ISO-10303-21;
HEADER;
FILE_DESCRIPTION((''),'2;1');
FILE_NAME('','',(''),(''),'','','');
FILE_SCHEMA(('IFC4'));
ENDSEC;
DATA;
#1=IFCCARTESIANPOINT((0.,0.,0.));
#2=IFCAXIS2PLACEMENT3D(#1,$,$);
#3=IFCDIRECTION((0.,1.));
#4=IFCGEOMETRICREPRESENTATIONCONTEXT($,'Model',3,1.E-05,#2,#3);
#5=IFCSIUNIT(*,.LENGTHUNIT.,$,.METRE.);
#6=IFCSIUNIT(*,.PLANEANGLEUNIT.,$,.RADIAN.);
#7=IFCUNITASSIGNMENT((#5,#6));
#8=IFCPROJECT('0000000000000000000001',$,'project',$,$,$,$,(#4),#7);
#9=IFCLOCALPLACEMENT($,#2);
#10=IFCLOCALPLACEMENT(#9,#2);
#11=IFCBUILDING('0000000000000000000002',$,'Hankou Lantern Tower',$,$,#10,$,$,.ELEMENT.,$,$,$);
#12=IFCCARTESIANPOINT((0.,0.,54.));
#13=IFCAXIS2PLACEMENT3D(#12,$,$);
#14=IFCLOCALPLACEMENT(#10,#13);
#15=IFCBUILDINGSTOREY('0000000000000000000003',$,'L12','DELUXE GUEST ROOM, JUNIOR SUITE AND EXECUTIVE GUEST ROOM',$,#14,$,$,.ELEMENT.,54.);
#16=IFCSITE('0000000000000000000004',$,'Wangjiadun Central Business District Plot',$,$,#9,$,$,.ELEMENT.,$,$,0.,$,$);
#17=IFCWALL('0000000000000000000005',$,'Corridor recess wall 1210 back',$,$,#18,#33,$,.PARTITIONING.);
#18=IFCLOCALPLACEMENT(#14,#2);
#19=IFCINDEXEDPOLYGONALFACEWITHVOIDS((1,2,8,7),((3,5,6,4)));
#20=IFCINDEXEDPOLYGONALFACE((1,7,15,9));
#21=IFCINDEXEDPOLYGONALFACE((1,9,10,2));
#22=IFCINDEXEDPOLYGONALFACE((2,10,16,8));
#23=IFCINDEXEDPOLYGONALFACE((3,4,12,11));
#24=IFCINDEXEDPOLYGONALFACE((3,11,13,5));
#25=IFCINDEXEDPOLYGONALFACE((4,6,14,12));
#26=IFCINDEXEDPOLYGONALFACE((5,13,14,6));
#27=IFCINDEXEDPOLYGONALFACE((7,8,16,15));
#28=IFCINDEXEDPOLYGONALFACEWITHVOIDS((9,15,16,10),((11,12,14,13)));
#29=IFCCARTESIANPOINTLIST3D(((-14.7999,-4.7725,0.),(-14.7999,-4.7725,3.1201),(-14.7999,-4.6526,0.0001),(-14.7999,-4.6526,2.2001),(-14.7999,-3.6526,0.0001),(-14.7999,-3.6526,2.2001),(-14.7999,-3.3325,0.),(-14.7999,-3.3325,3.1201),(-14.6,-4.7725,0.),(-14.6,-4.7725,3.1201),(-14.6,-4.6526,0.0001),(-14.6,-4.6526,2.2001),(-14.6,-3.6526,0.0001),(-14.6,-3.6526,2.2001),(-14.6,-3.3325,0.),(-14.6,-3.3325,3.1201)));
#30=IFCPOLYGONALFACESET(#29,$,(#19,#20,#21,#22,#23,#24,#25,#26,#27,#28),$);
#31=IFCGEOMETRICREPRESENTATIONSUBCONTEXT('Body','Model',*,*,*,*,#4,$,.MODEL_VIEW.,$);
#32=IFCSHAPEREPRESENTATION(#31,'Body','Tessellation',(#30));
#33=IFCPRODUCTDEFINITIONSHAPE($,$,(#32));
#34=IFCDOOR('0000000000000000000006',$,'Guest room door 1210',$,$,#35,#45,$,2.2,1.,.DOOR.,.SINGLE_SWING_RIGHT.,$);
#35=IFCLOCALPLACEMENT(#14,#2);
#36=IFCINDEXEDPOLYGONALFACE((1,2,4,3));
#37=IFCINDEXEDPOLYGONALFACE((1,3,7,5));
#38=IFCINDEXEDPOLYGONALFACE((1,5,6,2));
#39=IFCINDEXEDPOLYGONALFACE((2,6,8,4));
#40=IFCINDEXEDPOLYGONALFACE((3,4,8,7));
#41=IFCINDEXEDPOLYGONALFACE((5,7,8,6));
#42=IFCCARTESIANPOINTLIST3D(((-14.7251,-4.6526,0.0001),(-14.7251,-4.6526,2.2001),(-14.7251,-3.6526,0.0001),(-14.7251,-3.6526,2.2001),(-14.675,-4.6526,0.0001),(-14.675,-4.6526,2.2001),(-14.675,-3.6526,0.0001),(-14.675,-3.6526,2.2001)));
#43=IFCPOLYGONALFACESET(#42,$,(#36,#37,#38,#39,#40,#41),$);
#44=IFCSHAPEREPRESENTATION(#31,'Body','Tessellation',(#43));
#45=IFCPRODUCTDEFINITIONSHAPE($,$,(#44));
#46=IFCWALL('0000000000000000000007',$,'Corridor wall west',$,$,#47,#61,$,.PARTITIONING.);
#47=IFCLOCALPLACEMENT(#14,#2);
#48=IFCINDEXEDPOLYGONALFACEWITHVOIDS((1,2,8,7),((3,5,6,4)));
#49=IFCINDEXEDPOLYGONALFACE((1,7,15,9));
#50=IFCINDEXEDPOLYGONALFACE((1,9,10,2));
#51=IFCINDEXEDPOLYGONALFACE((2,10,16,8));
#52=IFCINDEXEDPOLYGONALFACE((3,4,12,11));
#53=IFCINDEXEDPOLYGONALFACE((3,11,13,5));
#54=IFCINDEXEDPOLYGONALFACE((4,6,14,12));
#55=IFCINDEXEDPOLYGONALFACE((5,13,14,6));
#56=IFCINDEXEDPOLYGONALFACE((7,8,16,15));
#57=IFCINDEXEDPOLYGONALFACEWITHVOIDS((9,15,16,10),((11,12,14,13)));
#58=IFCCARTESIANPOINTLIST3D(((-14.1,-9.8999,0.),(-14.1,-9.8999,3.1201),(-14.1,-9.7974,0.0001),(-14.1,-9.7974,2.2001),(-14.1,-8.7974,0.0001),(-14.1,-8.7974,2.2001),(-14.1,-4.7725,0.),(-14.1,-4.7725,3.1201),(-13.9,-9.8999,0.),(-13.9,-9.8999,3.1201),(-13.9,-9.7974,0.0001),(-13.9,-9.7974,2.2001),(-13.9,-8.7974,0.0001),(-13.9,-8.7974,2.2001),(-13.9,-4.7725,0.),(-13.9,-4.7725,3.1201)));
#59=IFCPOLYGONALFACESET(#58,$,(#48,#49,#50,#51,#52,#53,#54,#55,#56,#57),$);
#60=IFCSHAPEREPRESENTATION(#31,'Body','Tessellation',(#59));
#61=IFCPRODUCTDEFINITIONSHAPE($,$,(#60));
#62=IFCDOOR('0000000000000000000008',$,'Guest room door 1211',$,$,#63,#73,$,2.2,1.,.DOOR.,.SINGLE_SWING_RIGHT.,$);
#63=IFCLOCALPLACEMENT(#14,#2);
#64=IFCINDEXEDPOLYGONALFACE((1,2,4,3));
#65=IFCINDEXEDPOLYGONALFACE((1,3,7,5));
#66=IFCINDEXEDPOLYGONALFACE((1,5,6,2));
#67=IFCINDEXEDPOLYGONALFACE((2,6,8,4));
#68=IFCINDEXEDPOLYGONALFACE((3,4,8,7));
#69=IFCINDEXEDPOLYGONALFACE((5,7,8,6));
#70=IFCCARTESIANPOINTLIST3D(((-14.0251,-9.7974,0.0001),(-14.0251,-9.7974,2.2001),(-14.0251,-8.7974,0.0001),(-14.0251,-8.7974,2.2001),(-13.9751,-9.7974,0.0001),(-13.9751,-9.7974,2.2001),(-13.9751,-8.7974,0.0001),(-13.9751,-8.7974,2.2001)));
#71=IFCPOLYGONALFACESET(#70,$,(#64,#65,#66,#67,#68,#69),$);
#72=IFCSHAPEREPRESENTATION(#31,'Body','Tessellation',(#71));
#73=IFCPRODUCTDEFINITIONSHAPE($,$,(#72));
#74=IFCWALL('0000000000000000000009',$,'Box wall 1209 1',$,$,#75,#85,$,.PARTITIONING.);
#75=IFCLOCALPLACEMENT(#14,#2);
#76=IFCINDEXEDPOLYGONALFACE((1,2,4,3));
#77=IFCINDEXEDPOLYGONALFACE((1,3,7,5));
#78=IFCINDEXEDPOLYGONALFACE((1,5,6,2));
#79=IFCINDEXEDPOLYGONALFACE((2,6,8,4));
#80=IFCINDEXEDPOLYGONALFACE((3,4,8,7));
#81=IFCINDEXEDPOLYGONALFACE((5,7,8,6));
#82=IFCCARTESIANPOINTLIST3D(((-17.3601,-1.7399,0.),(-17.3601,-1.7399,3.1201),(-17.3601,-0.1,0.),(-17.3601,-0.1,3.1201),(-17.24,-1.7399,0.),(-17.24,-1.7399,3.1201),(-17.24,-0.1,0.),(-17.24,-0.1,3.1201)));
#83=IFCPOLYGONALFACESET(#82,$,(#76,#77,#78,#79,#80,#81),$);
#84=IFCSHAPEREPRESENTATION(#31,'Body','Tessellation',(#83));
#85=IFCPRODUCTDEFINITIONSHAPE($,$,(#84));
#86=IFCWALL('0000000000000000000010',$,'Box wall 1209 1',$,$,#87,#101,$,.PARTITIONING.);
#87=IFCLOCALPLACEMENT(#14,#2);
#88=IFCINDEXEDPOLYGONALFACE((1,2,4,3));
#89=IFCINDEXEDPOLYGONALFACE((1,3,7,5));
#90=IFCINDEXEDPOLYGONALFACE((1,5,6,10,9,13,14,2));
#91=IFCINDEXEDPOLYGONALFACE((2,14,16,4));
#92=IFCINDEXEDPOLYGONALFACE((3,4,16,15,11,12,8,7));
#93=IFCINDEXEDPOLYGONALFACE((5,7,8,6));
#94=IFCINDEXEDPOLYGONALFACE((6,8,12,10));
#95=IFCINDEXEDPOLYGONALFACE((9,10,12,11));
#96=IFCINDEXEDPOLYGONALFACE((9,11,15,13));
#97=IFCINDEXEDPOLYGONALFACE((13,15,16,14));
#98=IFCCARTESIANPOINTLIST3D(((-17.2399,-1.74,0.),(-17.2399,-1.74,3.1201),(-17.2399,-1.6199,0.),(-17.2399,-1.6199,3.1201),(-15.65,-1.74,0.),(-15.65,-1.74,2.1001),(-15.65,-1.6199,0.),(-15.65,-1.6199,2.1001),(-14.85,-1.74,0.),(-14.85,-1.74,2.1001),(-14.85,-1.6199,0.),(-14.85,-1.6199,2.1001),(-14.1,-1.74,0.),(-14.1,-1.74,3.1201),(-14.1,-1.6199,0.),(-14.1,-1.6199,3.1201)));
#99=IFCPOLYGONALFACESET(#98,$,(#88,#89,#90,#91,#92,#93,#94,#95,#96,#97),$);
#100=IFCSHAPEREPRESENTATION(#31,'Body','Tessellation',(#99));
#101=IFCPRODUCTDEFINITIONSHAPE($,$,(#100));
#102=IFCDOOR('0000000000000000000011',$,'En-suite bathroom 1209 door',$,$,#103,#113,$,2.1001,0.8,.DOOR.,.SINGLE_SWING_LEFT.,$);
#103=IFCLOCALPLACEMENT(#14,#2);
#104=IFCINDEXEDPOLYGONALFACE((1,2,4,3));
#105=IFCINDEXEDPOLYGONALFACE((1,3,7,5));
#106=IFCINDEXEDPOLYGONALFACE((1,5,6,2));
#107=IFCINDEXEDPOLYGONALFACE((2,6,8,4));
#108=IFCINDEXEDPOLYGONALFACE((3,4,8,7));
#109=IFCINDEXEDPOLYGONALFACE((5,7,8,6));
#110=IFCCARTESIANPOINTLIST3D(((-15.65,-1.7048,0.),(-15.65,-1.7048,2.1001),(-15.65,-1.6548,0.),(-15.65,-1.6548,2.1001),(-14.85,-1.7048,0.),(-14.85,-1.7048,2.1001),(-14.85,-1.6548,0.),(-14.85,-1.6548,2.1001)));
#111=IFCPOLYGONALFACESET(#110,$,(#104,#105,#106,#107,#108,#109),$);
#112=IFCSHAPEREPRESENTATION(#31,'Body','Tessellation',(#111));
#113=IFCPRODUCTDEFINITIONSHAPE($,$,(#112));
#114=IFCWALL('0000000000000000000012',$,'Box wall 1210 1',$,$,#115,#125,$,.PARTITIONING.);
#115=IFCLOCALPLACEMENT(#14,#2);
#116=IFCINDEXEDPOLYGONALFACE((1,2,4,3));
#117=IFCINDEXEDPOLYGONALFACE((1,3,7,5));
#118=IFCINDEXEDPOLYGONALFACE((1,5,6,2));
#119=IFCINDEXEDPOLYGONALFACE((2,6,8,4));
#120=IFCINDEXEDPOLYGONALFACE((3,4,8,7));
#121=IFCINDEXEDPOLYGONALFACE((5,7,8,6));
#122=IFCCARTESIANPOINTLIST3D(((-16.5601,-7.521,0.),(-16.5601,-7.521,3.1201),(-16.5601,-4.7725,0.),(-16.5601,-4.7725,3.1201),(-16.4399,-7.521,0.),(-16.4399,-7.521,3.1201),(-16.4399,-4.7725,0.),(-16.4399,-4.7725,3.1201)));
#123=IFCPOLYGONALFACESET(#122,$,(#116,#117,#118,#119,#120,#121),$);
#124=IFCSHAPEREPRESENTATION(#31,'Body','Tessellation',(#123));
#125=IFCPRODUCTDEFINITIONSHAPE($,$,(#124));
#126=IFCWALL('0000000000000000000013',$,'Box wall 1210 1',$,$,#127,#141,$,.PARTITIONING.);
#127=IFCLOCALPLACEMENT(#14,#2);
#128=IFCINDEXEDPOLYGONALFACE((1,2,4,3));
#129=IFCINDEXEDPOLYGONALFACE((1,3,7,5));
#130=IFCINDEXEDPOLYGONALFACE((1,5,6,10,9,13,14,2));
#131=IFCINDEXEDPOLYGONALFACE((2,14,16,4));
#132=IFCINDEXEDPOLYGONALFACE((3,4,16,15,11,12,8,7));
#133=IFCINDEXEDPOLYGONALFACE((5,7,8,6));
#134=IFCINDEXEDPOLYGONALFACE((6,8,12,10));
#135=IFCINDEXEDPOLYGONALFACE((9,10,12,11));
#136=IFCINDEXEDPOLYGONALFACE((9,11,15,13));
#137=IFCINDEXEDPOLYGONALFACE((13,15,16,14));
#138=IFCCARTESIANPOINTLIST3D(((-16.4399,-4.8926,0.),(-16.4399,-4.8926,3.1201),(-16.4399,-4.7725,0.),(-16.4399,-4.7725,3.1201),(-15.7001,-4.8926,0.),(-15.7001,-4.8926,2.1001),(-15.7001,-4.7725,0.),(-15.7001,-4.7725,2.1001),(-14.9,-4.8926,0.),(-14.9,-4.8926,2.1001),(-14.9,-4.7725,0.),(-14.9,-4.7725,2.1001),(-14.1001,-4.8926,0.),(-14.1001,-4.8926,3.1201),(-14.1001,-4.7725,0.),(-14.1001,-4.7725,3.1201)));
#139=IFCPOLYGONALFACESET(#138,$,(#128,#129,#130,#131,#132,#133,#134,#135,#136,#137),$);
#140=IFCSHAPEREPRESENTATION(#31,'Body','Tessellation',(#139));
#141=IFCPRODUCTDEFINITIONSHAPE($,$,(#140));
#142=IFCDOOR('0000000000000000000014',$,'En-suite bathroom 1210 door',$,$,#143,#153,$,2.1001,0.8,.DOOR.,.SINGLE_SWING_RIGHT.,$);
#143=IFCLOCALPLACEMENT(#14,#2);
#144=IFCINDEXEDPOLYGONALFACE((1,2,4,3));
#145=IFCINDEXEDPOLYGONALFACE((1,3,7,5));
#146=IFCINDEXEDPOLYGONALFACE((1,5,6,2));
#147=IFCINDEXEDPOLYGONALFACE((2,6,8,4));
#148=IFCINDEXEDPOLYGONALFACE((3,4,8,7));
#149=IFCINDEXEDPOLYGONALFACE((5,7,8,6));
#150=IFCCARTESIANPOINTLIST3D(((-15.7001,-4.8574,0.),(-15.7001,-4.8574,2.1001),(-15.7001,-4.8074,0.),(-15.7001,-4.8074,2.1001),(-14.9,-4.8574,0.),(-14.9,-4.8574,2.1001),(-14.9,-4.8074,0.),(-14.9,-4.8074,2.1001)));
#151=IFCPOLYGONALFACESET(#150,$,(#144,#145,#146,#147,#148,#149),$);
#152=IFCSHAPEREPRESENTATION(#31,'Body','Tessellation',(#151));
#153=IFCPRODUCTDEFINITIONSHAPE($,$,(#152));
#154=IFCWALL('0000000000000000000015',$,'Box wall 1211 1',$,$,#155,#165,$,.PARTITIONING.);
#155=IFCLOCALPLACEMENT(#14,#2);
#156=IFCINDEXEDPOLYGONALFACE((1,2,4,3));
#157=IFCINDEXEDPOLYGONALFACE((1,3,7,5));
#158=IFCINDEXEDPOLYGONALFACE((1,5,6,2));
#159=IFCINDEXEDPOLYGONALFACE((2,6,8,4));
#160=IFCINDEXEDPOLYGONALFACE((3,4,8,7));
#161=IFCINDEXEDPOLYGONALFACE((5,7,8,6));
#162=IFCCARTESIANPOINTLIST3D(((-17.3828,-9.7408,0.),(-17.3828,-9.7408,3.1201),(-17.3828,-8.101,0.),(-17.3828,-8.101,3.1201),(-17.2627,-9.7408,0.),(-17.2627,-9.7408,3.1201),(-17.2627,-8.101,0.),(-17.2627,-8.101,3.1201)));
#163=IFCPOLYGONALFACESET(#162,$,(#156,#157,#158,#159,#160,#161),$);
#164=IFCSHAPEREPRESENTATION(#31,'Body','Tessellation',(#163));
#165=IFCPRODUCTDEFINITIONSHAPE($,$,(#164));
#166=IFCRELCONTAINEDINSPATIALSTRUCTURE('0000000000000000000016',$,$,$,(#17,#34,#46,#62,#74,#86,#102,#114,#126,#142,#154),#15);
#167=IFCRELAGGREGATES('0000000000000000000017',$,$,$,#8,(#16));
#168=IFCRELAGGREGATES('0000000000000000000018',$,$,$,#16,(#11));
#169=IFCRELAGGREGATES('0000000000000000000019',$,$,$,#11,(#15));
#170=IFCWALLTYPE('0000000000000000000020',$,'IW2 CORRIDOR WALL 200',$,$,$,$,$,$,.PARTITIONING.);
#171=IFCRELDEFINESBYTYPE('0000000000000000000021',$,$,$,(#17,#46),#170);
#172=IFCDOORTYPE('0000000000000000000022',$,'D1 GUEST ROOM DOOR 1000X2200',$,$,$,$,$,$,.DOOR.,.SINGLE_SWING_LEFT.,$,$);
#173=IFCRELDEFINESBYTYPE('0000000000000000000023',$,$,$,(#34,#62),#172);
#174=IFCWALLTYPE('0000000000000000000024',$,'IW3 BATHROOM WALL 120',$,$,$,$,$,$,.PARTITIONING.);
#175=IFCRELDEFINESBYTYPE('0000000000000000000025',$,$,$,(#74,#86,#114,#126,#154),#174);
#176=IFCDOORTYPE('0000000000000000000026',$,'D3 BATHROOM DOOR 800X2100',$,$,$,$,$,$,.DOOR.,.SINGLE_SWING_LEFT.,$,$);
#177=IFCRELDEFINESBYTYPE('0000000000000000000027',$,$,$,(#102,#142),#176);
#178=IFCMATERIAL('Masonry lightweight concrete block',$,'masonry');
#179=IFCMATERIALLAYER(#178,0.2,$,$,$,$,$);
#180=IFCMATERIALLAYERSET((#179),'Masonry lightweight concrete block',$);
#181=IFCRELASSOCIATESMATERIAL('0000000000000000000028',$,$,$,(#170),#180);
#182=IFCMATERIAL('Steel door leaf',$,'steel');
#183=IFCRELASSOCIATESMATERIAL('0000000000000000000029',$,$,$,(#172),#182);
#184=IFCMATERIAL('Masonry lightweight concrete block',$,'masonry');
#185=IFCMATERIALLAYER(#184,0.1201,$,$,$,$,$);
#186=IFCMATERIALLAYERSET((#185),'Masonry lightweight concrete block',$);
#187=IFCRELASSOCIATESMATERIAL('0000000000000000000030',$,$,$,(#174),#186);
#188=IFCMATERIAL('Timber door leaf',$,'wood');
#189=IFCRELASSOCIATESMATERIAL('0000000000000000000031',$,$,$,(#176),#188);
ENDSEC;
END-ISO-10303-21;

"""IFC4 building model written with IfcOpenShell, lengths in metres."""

from ifc_helpers import new_model, si_unit, direction, frame, frame_2d, origin, place, context, subcontext, project, spatial, rectangle, extrude, material, layer, layer_set, type_object, element, fill, save


model = new_model("IFC4")

# Units and contexts
model_context = context("Model", 3, precision=1e-05, world=origin(), true_north=direction((0.0, 1.0)))
body_context = subcontext(model_context, "Body", "Model", "MODEL_VIEW")
ifc_project = project(units=[si_unit("LENGTHUNIT", "METRE"), si_unit("PLANEANGLEUNIT", "RADIAN")], contexts=[model_context])

# Site, building, storey
site_placement = place(None, origin())
site = spatial("IfcSite", under=ifc_project, at=site_placement, Name="Wangjiadun Central Business District Plot", CompositionType="ELEMENT", RefElevation=0.0)
building_placement = place(site_placement, origin())
building = spatial("IfcBuilding", under=site, at=building_placement, Name="Hankou Lantern Tower", CompositionType="ELEMENT")
storey_placement = place(building_placement, frame((0.0, 0.0, 54.0)))
storey = spatial("IfcBuildingStorey", under=building, at=storey_placement, Name="L12", Description="DELUXE GUEST ROOM, JUNIOR SUITE AND EXECUTIVE GUEST ROOM", CompositionType="ELEMENT", Elevation=54.0)

# Walls, openings, doors
ifc_material_1 = material(Name="Masonry lightweight concrete block", Category="masonry")
ifc_layer_1 = layer(ifc_material_1, 0.2)
ifc_layer_set_1 = layer_set([ifc_layer_1], Name="Masonry lightweight concrete block")
wall_type_1 = type_object("IfcWallType", Name="IW2 CORRIDOR WALL 200", PredefinedType="PARTITIONING", material=ifc_layer_set_1)
wall_1_placement = place(storey_placement, frame((-14.7, -3.3325, 0.0), z_axis=(0.0, 0.0, 1.0), x_axis=(0.0, -1.0, 0.0)))
wall_1 = element("IfcWall", 1, at=wall_1_placement, inside=storey, type_object=wall_type_1, Name="Corridor recess wall 1210 back", PredefinedType="PARTITIONING", context=body_context, shape_type="SweptSolid", body=[
    extrude(rectangle(XDim=1.4399, YDim=0.2, at=frame_2d((0.72, 0.0))), origin(), (0.0, 0.0, 1.0), 3.1201),
])
opening_1_placement = place(wall_1_placement, frame((0.3201, 0.0, 0.0)))
opening_1 = element("IfcOpeningElement", 2, at=opening_1_placement, cuts=wall_1, PredefinedType="OPENING", context=body_context, shape_type="SweptSolid", body=[
    extrude(rectangle(XDim=1.0, YDim=2.2, at=frame_2d((0.5, 1.1001))), frame((0.0, 0.1099, 0.0), z_axis=(0.0, -1.0, 0.0), x_axis=(1.0, 0.0, 0.0)), (0.0, 0.0, 1.0), 0.22),
])
ifc_material_2 = material(Name="Steel door leaf", Category="steel")
door_type_1 = type_object("IfcDoorType", Name="D1 GUEST ROOM DOOR 1000X2200", OperationType="SINGLE_SWING_LEFT", PredefinedType="DOOR", material=ifc_material_2)
door_1_placement = place(opening_1_placement, origin())
door_1 = element("IfcDoor", 3, at=door_1_placement, inside=storey, type_object=door_type_1, Name="Guest room door 1210", OperationType="SINGLE_SWING_RIGHT", OverallHeight=2.2, OverallWidth=1.0, PredefinedType="DOOR", context=body_context, shape_type="SweptSolid", body=[
    extrude(rectangle(XDim=1.0, YDim=2.2, at=frame_2d((0.5, 1.1001))), frame((0.0, 0.0249, 0.0), z_axis=(0.0, -1.0, 0.0), x_axis=(1.0, 0.0, 0.0)), (0.0, 0.0, 1.0), 0.05),
])
fill(opening_1, door_1)
wall_2_placement = place(storey_placement, frame((-14.0, -4.7725, 0.0), z_axis=(0.0, 0.0, 1.0), x_axis=(0.0, -1.0, 0.0)))
wall_2 = element("IfcWall", 4, at=wall_2_placement, inside=storey, type_object=wall_type_1, Name="Corridor wall west", PredefinedType="PARTITIONING", context=body_context, shape_type="SweptSolid", body=[
    extrude(rectangle(XDim=5.1274, YDim=0.2, at=frame_2d((2.5637, 0.0))), origin(), (0.0, 0.0, 1.0), 3.1201),
])
opening_2_placement = place(wall_2_placement, frame((4.0249, 0.0, 0.0)))
opening_2 = element("IfcOpeningElement", 5, at=opening_2_placement, cuts=wall_2, PredefinedType="OPENING", context=body_context, shape_type="SweptSolid", body=[
    extrude(rectangle(XDim=1.0, YDim=2.2, at=frame_2d((0.5, 1.1001))), frame((0.0, 0.1099, 0.0), z_axis=(0.0, -1.0, 0.0), x_axis=(1.0, 0.0, 0.0)), (0.0, 0.0, 1.0), 0.22),
])
door_2_placement = place(opening_2_placement, origin())
door_2 = element("IfcDoor", 6, at=door_2_placement, inside=storey, type_object=door_type_1, Name="Guest room door 1211", OperationType="SINGLE_SWING_RIGHT", OverallHeight=2.2, OverallWidth=1.0, PredefinedType="DOOR", context=body_context, shape_type="SweptSolid", body=[
    extrude(rectangle(XDim=1.0, YDim=2.2, at=frame_2d((0.5, 1.1001))), frame((0.0, 0.0249, 0.0), z_axis=(0.0, -1.0, 0.0), x_axis=(1.0, 0.0, 0.0)), (0.0, 0.0, 1.0), 0.05),
])
fill(opening_2, door_2)

# Wall
ifc_material_3 = material(Name="Masonry lightweight concrete block", Category="masonry")
ifc_layer_2 = layer(ifc_material_3, 0.1201)
ifc_layer_set_2 = layer_set([ifc_layer_2], Name="Masonry lightweight concrete block")
wall_type_2 = type_object("IfcWallType", Name="IW3 BATHROOM WALL 120", PredefinedType="PARTITIONING", material=ifc_layer_set_2)
wall_3_placement = place(storey_placement, frame((-17.3, -0.1001, 0.0), z_axis=(0.0, 0.0, 1.0), x_axis=(0.0, -1.0, 0.0)))
element("IfcWall", 7, at=wall_3_placement, inside=storey, type_object=wall_type_2, Name="Box wall 1209 1", PredefinedType="PARTITIONING", context=body_context, shape_type="SweptSolid", body=[
    extrude(rectangle(XDim=1.6399, YDim=0.1201, at=frame_2d((0.8198, 0.0))), origin(), (0.0, 0.0, 1.0), 3.1201),
])

# Wall, opening, door
wall_4_placement = place(storey_placement, frame((-14.1001, -1.6799, 0.0), z_axis=(0.0, 0.0, 1.0), x_axis=(-1.0, 0.0, 0.0)))
wall_4 = element("IfcWall", 8, at=wall_4_placement, inside=storey, type_object=wall_type_2, Name="Box wall 1209 1", PredefinedType="PARTITIONING", context=body_context, shape_type="SweptSolid", body=[
    extrude(rectangle(XDim=3.1399, YDim=0.1201, at=frame_2d((1.5698, 0.0))), origin(), (0.0, 0.0, 1.0), 3.1201),
])
opening_3_placement = place(wall_4_placement, frame((0.75, 0.0, 0.0)))
opening_3 = element("IfcOpeningElement", 9, at=opening_3_placement, cuts=wall_4, PredefinedType="OPENING", context=body_context, shape_type="SweptSolid", body=[
    extrude(rectangle(XDim=0.8, YDim=2.1001, at=frame_2d((0.3999, 1.05))), frame((0.0, 0.0701, 0.0), z_axis=(0.0, -1.0, 0.0), x_axis=(1.0, 0.0, 0.0)), (0.0, 0.0, 1.0), 0.1401),
])
ifc_material_4 = material(Name="Timber door leaf", Category="wood")
door_type_2 = type_object("IfcDoorType", Name="D3 BATHROOM DOOR 800X2100", OperationType="SINGLE_SWING_LEFT", PredefinedType="DOOR", material=ifc_material_4)
door_3_placement = place(opening_3_placement, origin())
door_3 = element("IfcDoor", 10, at=door_3_placement, inside=storey, type_object=door_type_2, Name="En-suite bathroom 1209 door", OperationType="SINGLE_SWING_LEFT", OverallHeight=2.1001, OverallWidth=0.8, PredefinedType="DOOR", context=body_context, shape_type="SweptSolid", body=[
    extrude(rectangle(XDim=0.8, YDim=2.1001, at=frame_2d((0.3999, 1.05))), frame((0.0, 0.0249, 0.0), z_axis=(0.0, -1.0, 0.0), x_axis=(1.0, 0.0, 0.0)), (0.0, 0.0, 1.0), 0.05),
])
fill(opening_3, door_3)

# Wall
wall_5_placement = place(storey_placement, frame((-16.5, -7.521, 0.0), z_axis=(0.0, 0.0, 1.0), x_axis=(0.0, 1.0, 0.0)))
element("IfcWall", 11, at=wall_5_placement, inside=storey, type_object=wall_type_2, Name="Box wall 1210 1", PredefinedType="PARTITIONING", context=body_context, shape_type="SweptSolid", body=[
    extrude(rectangle(XDim=2.7485, YDim=0.1201, at=frame_2d((1.3743, 0.0))), origin(), (0.0, 0.0, 1.0), 3.1201),
])

# Wall, opening, door
wall_6_placement = place(storey_placement, frame((-14.1001, -4.8325, 0.0), z_axis=(0.0, 0.0, 1.0), x_axis=(-1.0, 0.0, 0.0)))
wall_6 = element("IfcWall", 12, at=wall_6_placement, inside=storey, type_object=wall_type_2, Name="Box wall 1210 1", PredefinedType="PARTITIONING", context=body_context, shape_type="SweptSolid", body=[
    extrude(rectangle(XDim=2.3398, YDim=0.1201, at=frame_2d((1.1699, 0.0))), origin(), (0.0, 0.0, 1.0), 3.1201),
])
opening_4_placement = place(wall_6_placement, frame((0.8, 0.0, 0.0)))
opening_4 = element("IfcOpeningElement", 13, at=opening_4_placement, cuts=wall_6, PredefinedType="OPENING", context=body_context, shape_type="SweptSolid", body=[
    extrude(rectangle(XDim=0.8, YDim=2.1001, at=frame_2d((0.3999, 1.05))), frame((0.0, 0.0701, 0.0), z_axis=(0.0, -1.0, 0.0), x_axis=(1.0, 0.0, 0.0)), (0.0, 0.0, 1.0), 0.1401),
])
door_4_placement = place(opening_4_placement, origin())
door_4 = element("IfcDoor", 14, at=door_4_placement, inside=storey, type_object=door_type_2, Name="En-suite bathroom 1210 door", OperationType="SINGLE_SWING_RIGHT", OverallHeight=2.1001, OverallWidth=0.8, PredefinedType="DOOR", context=body_context, shape_type="SweptSolid", body=[
    extrude(rectangle(XDim=0.8, YDim=2.1001, at=frame_2d((0.3999, 1.05))), frame((0.0, 0.0249, 0.0), z_axis=(0.0, -1.0, 0.0), x_axis=(1.0, 0.0, 0.0)), (0.0, 0.0, 1.0), 0.05),
])
fill(opening_4, door_4)

# Wall
wall_7_placement = place(storey_placement, frame((-17.3228, -8.1011, 0.0), z_axis=(0.0, 0.0, 1.0), x_axis=(0.0, -1.0, 0.0)))
element("IfcWall", 15, at=wall_7_placement, inside=storey, type_object=wall_type_2, Name="Box wall 1211 1", PredefinedType="PARTITIONING", context=body_context, shape_type="SweptSolid", body=[
    extrude(rectangle(XDim=1.6399, YDim=0.1201, at=frame_2d((0.8198, 0.0))), origin(), (0.0, 0.0, 1.0), 3.1201),
])

save(model, "model.ifc")
